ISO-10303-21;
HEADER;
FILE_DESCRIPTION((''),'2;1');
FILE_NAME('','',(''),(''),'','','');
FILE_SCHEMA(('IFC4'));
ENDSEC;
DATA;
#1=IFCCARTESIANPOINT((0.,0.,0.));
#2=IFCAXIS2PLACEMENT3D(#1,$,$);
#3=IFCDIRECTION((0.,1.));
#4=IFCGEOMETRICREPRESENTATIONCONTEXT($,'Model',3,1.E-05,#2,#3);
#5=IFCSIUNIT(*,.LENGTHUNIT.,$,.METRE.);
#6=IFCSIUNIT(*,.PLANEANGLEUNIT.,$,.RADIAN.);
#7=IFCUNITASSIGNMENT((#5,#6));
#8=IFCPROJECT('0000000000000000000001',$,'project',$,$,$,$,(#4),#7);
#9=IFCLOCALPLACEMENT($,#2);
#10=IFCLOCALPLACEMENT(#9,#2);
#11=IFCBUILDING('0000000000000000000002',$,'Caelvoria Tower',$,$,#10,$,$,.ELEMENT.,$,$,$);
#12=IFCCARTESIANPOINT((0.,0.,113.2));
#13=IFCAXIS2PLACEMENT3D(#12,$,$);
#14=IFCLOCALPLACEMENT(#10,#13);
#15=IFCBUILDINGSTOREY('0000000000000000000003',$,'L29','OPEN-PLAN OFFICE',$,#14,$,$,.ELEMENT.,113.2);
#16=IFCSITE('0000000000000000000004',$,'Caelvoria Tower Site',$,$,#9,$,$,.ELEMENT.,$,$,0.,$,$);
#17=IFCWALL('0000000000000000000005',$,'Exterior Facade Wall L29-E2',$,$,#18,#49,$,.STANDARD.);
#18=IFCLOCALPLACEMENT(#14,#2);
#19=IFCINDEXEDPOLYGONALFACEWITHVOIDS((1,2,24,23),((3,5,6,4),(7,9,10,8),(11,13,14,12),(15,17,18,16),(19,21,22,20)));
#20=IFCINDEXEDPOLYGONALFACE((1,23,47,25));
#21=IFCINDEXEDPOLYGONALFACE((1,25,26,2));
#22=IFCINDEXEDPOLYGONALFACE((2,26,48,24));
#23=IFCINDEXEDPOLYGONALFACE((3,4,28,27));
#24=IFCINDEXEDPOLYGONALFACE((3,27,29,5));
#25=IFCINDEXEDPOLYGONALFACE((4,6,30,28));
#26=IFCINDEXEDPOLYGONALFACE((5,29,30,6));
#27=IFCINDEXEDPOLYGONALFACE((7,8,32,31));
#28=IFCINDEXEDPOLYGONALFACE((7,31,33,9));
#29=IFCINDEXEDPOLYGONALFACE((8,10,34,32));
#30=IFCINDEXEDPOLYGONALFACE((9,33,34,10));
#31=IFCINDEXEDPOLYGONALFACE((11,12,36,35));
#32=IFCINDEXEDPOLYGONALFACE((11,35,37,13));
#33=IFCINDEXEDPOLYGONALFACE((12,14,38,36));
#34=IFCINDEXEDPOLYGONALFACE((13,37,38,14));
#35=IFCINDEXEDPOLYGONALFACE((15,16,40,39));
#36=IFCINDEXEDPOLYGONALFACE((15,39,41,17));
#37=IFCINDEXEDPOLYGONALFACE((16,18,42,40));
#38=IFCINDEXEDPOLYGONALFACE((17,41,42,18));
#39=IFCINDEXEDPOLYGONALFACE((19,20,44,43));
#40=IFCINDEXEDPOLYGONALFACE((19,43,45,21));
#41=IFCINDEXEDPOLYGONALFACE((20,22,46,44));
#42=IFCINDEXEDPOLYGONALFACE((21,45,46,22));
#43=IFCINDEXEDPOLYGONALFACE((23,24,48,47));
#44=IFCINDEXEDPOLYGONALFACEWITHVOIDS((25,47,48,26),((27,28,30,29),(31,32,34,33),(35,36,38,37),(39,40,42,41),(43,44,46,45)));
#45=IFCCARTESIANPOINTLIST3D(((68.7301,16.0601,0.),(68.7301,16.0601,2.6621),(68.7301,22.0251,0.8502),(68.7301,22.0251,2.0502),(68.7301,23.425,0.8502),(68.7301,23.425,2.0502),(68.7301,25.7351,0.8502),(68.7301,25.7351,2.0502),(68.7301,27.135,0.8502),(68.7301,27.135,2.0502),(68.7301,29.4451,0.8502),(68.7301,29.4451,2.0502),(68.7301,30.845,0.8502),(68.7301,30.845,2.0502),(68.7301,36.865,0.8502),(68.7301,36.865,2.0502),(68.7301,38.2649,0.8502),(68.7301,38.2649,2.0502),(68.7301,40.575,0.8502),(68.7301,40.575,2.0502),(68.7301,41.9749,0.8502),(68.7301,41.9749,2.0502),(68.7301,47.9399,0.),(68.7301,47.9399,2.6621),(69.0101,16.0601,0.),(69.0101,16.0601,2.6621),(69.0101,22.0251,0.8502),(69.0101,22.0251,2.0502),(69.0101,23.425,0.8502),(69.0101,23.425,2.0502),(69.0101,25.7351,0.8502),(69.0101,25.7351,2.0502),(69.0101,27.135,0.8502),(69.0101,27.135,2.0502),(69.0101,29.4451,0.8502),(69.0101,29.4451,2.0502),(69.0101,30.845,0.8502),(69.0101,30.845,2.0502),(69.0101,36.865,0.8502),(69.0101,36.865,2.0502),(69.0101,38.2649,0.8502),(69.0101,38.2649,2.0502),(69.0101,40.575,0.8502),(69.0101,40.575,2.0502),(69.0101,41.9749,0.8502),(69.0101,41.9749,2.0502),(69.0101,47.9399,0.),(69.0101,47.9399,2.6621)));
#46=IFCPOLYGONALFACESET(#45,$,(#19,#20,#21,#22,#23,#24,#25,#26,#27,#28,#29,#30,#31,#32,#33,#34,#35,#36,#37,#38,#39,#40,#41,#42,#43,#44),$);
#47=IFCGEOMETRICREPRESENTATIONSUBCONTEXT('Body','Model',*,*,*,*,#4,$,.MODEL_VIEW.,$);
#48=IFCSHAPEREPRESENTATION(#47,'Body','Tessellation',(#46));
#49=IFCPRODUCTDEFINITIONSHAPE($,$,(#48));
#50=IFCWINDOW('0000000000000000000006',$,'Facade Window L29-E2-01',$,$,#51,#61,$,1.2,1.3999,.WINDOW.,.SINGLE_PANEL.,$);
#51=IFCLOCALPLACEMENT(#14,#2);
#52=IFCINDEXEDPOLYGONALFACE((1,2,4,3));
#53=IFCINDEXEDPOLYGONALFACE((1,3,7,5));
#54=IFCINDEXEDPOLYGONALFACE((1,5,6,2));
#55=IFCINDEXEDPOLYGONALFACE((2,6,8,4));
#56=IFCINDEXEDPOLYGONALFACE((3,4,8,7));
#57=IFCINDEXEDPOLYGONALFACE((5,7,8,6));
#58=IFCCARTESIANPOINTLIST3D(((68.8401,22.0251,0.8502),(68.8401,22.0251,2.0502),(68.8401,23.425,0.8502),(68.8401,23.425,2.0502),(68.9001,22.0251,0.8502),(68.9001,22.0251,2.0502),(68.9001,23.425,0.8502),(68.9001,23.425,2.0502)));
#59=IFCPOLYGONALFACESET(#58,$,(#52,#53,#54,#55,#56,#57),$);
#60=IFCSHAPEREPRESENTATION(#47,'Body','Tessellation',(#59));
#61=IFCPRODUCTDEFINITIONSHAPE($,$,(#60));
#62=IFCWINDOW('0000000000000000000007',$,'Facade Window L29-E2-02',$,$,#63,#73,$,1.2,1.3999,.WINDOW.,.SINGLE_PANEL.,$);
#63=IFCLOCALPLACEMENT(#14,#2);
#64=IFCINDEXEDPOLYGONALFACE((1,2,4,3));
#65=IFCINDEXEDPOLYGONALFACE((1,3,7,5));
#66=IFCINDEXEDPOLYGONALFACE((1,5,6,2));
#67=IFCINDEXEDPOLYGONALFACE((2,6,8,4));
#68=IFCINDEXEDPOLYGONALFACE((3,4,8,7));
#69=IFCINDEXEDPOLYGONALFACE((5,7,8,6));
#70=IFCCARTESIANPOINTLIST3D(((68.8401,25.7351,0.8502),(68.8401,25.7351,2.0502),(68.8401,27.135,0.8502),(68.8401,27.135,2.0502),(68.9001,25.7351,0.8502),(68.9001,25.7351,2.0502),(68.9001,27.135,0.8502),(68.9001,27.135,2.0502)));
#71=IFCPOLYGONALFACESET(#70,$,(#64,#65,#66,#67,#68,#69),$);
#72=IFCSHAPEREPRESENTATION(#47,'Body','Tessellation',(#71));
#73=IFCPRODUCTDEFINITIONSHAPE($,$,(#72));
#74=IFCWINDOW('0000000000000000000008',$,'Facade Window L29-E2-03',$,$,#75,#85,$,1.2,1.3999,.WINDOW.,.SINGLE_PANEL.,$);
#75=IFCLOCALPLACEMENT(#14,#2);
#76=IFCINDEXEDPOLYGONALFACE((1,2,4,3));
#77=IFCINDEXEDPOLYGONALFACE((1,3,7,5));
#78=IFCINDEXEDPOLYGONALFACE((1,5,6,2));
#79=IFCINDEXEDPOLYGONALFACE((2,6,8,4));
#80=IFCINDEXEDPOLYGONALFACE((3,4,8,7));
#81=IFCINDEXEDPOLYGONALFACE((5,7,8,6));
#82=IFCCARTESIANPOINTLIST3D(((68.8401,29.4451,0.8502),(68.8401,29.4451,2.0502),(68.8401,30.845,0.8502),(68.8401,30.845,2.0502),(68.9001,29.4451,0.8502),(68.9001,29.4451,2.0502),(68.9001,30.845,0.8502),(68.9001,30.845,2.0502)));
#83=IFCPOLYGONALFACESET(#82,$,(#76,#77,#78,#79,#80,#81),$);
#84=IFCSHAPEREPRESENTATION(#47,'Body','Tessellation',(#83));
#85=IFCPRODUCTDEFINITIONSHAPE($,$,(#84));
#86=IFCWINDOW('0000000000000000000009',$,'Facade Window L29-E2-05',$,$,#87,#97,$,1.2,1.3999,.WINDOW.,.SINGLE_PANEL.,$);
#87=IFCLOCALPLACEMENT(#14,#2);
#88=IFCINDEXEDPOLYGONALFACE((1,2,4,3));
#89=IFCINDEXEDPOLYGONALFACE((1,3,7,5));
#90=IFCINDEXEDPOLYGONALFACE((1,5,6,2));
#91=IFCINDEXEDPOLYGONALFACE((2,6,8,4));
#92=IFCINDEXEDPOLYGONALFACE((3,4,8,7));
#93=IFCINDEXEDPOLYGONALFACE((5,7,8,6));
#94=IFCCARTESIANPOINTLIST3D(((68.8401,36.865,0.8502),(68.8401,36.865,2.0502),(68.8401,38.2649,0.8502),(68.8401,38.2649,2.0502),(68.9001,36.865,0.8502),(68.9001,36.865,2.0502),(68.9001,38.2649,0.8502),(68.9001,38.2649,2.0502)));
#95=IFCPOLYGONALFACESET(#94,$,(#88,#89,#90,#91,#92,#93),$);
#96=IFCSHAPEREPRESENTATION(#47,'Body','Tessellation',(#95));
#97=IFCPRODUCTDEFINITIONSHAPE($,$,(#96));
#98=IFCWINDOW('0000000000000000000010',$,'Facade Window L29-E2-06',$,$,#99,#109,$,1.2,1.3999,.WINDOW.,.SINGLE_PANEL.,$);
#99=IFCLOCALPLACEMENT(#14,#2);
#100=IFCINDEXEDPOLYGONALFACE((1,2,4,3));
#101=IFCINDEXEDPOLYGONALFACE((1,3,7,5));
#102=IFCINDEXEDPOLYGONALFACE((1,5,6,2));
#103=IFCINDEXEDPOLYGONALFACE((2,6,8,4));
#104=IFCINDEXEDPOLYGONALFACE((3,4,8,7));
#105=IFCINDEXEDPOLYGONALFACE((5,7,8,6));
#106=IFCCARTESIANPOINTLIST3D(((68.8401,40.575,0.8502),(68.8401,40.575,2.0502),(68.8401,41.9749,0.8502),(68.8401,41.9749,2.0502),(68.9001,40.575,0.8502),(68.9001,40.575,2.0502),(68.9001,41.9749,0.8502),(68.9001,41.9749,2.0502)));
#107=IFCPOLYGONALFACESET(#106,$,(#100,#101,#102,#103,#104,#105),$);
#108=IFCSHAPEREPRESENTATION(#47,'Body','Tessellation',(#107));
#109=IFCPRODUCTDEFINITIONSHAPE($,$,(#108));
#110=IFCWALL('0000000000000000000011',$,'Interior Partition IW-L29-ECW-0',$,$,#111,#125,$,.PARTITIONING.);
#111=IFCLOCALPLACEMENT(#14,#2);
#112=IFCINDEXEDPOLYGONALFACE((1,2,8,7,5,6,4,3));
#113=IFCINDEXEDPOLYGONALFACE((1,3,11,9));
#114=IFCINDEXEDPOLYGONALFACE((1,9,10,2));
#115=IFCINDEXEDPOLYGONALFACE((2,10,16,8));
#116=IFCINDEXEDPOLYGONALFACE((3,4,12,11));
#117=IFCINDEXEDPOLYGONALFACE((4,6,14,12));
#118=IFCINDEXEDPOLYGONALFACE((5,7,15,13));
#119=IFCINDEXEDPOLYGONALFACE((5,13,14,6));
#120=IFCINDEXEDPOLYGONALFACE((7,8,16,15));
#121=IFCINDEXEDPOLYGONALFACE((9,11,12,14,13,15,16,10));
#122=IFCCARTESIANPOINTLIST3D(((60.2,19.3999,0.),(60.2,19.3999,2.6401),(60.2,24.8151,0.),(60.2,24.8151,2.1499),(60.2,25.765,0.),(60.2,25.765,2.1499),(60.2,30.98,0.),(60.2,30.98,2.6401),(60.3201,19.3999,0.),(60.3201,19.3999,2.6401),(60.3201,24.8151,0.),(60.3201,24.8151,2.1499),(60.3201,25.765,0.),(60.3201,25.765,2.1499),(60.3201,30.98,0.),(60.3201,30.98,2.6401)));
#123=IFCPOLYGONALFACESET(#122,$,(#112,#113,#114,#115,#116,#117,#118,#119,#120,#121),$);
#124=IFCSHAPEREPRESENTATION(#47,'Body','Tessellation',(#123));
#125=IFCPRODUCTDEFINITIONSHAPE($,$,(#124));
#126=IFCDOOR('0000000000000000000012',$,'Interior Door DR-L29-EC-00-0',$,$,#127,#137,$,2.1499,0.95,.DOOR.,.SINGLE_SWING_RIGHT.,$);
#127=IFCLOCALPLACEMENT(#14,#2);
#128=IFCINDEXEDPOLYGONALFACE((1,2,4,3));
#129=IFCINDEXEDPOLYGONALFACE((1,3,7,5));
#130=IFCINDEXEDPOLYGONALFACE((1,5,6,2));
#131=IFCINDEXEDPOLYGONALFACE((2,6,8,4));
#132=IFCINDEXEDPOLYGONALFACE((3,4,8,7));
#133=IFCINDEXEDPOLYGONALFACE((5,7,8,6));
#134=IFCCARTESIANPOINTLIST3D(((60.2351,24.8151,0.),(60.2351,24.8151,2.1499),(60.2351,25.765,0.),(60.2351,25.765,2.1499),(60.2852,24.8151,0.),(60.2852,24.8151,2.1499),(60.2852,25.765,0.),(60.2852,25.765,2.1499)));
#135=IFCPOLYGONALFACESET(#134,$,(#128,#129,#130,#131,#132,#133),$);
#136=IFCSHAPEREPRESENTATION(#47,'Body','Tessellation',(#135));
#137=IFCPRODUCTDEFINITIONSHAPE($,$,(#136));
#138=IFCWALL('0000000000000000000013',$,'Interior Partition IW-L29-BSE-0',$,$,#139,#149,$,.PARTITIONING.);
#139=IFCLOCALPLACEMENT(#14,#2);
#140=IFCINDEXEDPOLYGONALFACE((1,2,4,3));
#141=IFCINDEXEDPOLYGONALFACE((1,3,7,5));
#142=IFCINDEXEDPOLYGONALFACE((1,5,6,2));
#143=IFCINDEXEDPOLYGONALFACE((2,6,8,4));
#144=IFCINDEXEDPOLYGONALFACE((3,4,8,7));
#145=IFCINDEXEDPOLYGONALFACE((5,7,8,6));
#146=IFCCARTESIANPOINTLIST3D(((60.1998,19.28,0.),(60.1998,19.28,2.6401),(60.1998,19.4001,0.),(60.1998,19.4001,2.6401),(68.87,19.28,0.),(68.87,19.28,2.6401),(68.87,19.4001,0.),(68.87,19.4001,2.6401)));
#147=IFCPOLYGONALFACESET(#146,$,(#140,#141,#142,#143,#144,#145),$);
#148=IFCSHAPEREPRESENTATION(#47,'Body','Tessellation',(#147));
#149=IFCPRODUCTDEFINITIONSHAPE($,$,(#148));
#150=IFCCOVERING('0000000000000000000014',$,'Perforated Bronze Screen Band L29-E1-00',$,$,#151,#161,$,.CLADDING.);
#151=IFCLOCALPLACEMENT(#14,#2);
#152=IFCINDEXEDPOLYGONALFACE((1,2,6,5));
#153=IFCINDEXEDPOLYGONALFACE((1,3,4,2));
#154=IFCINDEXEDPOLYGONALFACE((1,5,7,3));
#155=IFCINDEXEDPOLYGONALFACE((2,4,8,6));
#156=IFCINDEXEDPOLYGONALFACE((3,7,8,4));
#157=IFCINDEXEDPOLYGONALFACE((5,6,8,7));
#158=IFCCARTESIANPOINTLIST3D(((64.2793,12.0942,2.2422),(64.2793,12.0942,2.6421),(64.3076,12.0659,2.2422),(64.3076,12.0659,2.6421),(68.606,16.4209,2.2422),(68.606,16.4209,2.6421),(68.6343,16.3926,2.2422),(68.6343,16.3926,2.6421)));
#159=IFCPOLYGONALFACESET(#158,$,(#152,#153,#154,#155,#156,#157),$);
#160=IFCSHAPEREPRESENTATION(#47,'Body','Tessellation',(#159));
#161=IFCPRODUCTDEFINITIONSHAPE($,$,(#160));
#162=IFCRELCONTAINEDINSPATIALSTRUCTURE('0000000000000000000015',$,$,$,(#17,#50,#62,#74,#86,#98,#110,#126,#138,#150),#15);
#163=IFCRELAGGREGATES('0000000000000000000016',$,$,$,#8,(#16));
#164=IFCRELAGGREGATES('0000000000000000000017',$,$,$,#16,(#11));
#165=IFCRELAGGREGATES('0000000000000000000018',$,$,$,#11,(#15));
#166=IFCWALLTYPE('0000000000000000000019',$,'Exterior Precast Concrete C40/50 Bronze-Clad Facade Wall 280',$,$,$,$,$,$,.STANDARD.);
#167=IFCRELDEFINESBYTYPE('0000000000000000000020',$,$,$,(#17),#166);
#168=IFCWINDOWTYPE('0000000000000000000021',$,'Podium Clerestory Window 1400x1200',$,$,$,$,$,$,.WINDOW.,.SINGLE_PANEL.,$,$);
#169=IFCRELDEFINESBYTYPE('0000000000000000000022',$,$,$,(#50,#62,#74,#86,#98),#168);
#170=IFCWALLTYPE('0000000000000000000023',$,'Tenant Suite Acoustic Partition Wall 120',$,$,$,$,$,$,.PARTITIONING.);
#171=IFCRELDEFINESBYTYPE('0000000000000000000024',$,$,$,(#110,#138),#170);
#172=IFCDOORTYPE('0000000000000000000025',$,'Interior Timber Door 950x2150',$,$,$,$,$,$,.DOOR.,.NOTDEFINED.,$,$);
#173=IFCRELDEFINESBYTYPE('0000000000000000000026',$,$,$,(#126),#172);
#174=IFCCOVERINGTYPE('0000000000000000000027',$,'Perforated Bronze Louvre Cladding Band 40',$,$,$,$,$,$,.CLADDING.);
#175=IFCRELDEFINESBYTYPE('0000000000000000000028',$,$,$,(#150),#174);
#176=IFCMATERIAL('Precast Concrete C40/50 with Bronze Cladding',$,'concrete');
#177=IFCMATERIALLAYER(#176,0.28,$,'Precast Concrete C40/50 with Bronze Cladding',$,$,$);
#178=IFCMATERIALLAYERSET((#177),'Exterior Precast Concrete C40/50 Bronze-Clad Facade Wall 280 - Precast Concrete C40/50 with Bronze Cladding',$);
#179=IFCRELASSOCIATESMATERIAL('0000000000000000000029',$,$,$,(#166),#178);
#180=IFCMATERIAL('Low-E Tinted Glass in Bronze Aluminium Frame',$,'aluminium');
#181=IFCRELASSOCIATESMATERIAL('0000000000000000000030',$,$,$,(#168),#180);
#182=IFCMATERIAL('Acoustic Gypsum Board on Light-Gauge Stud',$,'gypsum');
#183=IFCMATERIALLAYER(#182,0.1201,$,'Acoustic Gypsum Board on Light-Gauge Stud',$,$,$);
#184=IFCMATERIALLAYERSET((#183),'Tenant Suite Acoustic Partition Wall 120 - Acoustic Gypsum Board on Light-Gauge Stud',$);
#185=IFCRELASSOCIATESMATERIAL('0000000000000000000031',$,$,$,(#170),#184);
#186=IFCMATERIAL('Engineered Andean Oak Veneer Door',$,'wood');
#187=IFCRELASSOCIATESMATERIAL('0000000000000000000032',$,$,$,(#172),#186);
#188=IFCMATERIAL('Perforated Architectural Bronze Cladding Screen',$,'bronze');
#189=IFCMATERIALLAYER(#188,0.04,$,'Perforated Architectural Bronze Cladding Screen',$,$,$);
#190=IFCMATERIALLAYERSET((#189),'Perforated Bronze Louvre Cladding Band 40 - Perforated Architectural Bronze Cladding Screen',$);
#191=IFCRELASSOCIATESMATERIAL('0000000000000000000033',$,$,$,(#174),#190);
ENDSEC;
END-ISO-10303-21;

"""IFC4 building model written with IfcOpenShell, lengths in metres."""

from ifc_helpers import new_model, si_unit, direction, frame, frame_2d, origin, origin_2d, place, context, subcontext, project, spatial, rectangle, extrude, material, layer, layer_set, type_object, element, fill, save


model = new_model("IFC4")

# Units and contexts
model_context = context("Model", 3, precision=1e-05, world=origin(), true_north=direction((0.0, 1.0)))
body_context = subcontext(model_context, "Body", "Model", "MODEL_VIEW")
ifc_project = project(units=[si_unit("LENGTHUNIT", "METRE"), si_unit("PLANEANGLEUNIT", "RADIAN")], contexts=[model_context])

# Site, building, storey
site_placement = place(None, origin())
site = spatial("IfcSite", under=ifc_project, at=site_placement, Name="Caelvoria Tower Site", CompositionType="ELEMENT", RefElevation=0.0)
building_placement = place(site_placement, origin())
building = spatial("IfcBuilding", under=site, at=building_placement, Name="Caelvoria Tower", CompositionType="ELEMENT")
storey_placement = place(building_placement, frame((0.0, 0.0, 113.2)))
storey = spatial("IfcBuildingStorey", under=building, at=storey_placement, Name="L29", Description="OPEN-PLAN OFFICE", CompositionType="ELEMENT", Elevation=113.2)

# Shared definitions
ifc_material_1 = material(Name="Precast Concrete C40/50 with Bronze Cladding", Category="concrete")
ifc_layer_1 = layer(ifc_material_1, 0.28, Name="Precast Concrete C40/50 with Bronze Cladding")
ifc_layer_set_1 = layer_set([ifc_layer_1], Name="Exterior Precast Concrete C40/50 Bronze-Clad Facade Wall 280 - Precast Concrete C40/50 with Bronze Cladding")
wall_type_1 = type_object("IfcWallType", Name="Exterior Precast Concrete C40/50 Bronze-Clad Facade Wall 280", PredefinedType="STANDARD", material=ifc_layer_set_1)

# Wall, openings, windows
wall_1_placement = place(storey_placement, frame((68.8701, 16.0601, 0.0), z_axis=(0.0, 0.0, 1.0), x_axis=(0.0, 1.0, 0.0)))
wall_1 = element("IfcWall", 1, at=wall_1_placement, inside=storey, type_object=wall_type_1, Name="Exterior Facade Wall L29-E2", PredefinedType="STANDARD", context=body_context, shape_type="SweptSolid", body=[
    extrude(rectangle(XDim=31.8799, YDim=0.28, at=frame_2d((15.9399, 0.0))), origin(), (0.0, 0.0, 1.0), 2.6621),
])
opening_1_placement = place(wall_1_placement, frame((5.9651, 0.0, 0.8501)))
opening_1 = element("IfcOpeningElement", 2, at=opening_1_placement, cuts=wall_1, PredefinedType="OPENING", context=body_context, shape_type="SweptSolid", body=[
    extrude(rectangle(XDim=1.3999, YDim=1.2, at=frame_2d((0.7, 0.6001))), frame((0.0, 0.1499, 0.0), z_axis=(0.0, -1.0, 0.0), x_axis=(1.0, 0.0, 0.0)), (0.0, 0.0, 1.0), 0.3),
])
opening_2_placement = place(wall_1_placement, frame((9.675, 0.0, 0.8501)))
opening_2 = element("IfcOpeningElement", 3, at=opening_2_placement, cuts=wall_1, PredefinedType="OPENING", context=body_context, shape_type="SweptSolid", body=[
    extrude(rectangle(XDim=1.3999, YDim=1.2, at=frame_2d((0.7, 0.6001))), frame((0.0, 0.1499, 0.0), z_axis=(0.0, -1.0, 0.0), x_axis=(1.0, 0.0, 0.0)), (0.0, 0.0, 1.0), 0.3),
])
opening_3_placement = place(wall_1_placement, frame((13.385, 0.0, 0.8501)))
opening_3 = element("IfcOpeningElement", 4, at=opening_3_placement, cuts=wall_1, PredefinedType="OPENING", context=body_context, shape_type="SweptSolid", body=[
    extrude(rectangle(XDim=1.3999, YDim=1.2, at=frame_2d((0.7, 0.6001))), frame((0.0, 0.1499, 0.0), z_axis=(0.0, -1.0, 0.0), x_axis=(1.0, 0.0, 0.0)), (0.0, 0.0, 1.0), 0.3),
])
opening_4_placement = place(wall_1_placement, frame((20.8049, 0.0, 0.8501)))
opening_4 = element("IfcOpeningElement", 5, at=opening_4_placement, cuts=wall_1, PredefinedType="OPENING", context=body_context, shape_type="SweptSolid", body=[
    extrude(rectangle(XDim=1.3999, YDim=1.2, at=frame_2d((0.7, 0.6001))), frame((0.0, 0.1499, 0.0), z_axis=(0.0, -1.0, 0.0), x_axis=(1.0, 0.0, 0.0)), (0.0, 0.0, 1.0), 0.3),
])
opening_5_placement = place(wall_1_placement, frame((24.5149, 0.0, 0.8501)))
opening_5 = element("IfcOpeningElement", 6, at=opening_5_placement, cuts=wall_1, PredefinedType="OPENING", context=body_context, shape_type="SweptSolid", body=[
    extrude(rectangle(XDim=1.3999, YDim=1.2, at=frame_2d((0.7, 0.6001))), frame((0.0, 0.1499, 0.0), z_axis=(0.0, -1.0, 0.0), x_axis=(1.0, 0.0, 0.0)), (0.0, 0.0, 1.0), 0.3),
])
ifc_material_2 = material(Name="Low-E Tinted Glass in Bronze Aluminium Frame", Category="aluminium")
window_type = type_object("IfcWindowType", Name="Podium Clerestory Window 1400x1200", PartitioningType="SINGLE_PANEL", PredefinedType="WINDOW", material=ifc_material_2)
window_1_placement = place(opening_1_placement, origin())
window_1 = element("IfcWindow", 7, at=window_1_placement, inside=storey, type_object=window_type, Name="Facade Window L29-E2-01", OverallHeight=1.2, OverallWidth=1.3999, PartitioningType="SINGLE_PANEL", PredefinedType="WINDOW", context=body_context, shape_type="SweptSolid", body=[
    extrude(rectangle(XDim=1.3999, YDim=1.2, at=frame_2d((0.7, 0.6001))), frame((0.0, 0.03, 0.0), z_axis=(0.0, -1.0, 0.0), x_axis=(1.0, 0.0, 0.0)), (0.0, 0.0, 1.0), 0.0601),
])
fill(opening_1, window_1)
window_2_placement = place(opening_2_placement, origin())
window_2 = element("IfcWindow", 8, at=window_2_placement, inside=storey, type_object=window_type, Name="Facade Window L29-E2-02", OverallHeight=1.2, OverallWidth=1.3999, PartitioningType="SINGLE_PANEL", PredefinedType="WINDOW", context=body_context, shape_type="SweptSolid", body=[
    extrude(rectangle(XDim=1.3999, YDim=1.2, at=frame_2d((0.7, 0.6001))), frame((0.0, 0.03, 0.0), z_axis=(0.0, -1.0, 0.0), x_axis=(1.0, 0.0, 0.0)), (0.0, 0.0, 1.0), 0.0601),
])
fill(opening_2, window_2)
window_3_placement = place(opening_3_placement, origin())
window_3 = element("IfcWindow", 9, at=window_3_placement, inside=storey, type_object=window_type, Name="Facade Window L29-E2-03", OverallHeight=1.2, OverallWidth=1.3999, PartitioningType="SINGLE_PANEL", PredefinedType="WINDOW", context=body_context, shape_type="SweptSolid", body=[
    extrude(rectangle(XDim=1.3999, YDim=1.2, at=frame_2d((0.7, 0.6001))), frame((0.0, 0.03, 0.0), z_axis=(0.0, -1.0, 0.0), x_axis=(1.0, 0.0, 0.0)), (0.0, 0.0, 1.0), 0.0601),
])
fill(opening_3, window_3)
window_4_placement = place(opening_4_placement, origin())
window_4 = element("IfcWindow", 10, at=window_4_placement, inside=storey, type_object=window_type, Name="Facade Window L29-E2-05", OverallHeight=1.2, OverallWidth=1.3999, PartitioningType="SINGLE_PANEL", PredefinedType="WINDOW", context=body_context, shape_type="SweptSolid", body=[
    extrude(rectangle(XDim=1.3999, YDim=1.2, at=frame_2d((0.7, 0.6001))), frame((0.0, 0.03, 0.0), z_axis=(0.0, -1.0, 0.0), x_axis=(1.0, 0.0, 0.0)), (0.0, 0.0, 1.0), 0.0601),
])
fill(opening_4, window_4)
window_5_placement = place(opening_5_placement, origin())
window_5 = element("IfcWindow", 11, at=window_5_placement, inside=storey, type_object=window_type, Name="Facade Window L29-E2-06", OverallHeight=1.2, OverallWidth=1.3999, PartitioningType="SINGLE_PANEL", PredefinedType="WINDOW", context=body_context, shape_type="SweptSolid", body=[
    extrude(rectangle(XDim=1.3999, YDim=1.2, at=frame_2d((0.7, 0.6001))), frame((0.0, 0.03, 0.0), z_axis=(0.0, -1.0, 0.0), x_axis=(1.0, 0.0, 0.0)), (0.0, 0.0, 1.0), 0.0601),
])
fill(opening_5, window_5)

# Wall, opening, door
ifc_material_3 = material(Name="Acoustic Gypsum Board on Light-Gauge Stud", Category="gypsum")
ifc_layer_2 = layer(ifc_material_3, 0.1201, Name="Acoustic Gypsum Board on Light-Gauge Stud")
ifc_layer_set_2 = layer_set([ifc_layer_2], Name="Tenant Suite Acoustic Partition Wall 120 - Acoustic Gypsum Board on Light-Gauge Stud")
wall_type_2 = type_object("IfcWallType", Name="Tenant Suite Acoustic Partition Wall 120", PredefinedType="PARTITIONING", material=ifc_layer_set_2)
wall_2_placement = place(storey_placement, frame((60.26, 19.3999, 0.0), z_axis=(0.0, 0.0, 1.0), x_axis=(0.0, 1.0, 0.0)))
wall_2 = element("IfcWall", 12, at=wall_2_placement, inside=storey, type_object=wall_type_2, Name="Interior Partition IW-L29-ECW-0", PredefinedType="PARTITIONING", context=body_context, shape_type="SweptSolid", body=[
    extrude(rectangle(XDim=11.5801, YDim=0.1201, at=frame_2d((5.79, 0.0))), origin(), (0.0, 0.0, 1.0), 2.6401),
])
opening_6_placement = place(wall_2_placement, frame((5.415, 0.0, 0.0)))
opening_6 = element("IfcOpeningElement", 13, at=opening_6_placement, cuts=wall_2, PredefinedType="OPENING", context=body_context, shape_type="SweptSolid", body=[
    extrude(rectangle(XDim=0.95, YDim=2.1499, at=frame_2d((0.4751, 1.075))), frame((0.0, 0.0701, 0.0), z_axis=(0.0, -1.0, 0.0), x_axis=(1.0, 0.0, 0.0)), (0.0, 0.0, 1.0), 0.1401),
])
ifc_material_4 = material(Name="Engineered Andean Oak Veneer Door", Category="wood")
door_type = type_object("IfcDoorType", Name="Interior Timber Door 950x2150", OperationType="NOTDEFINED", PredefinedType="DOOR", material=ifc_material_4)
door_placement = place(opening_6_placement, origin())
door = element("IfcDoor", 14, at=door_placement, inside=storey, type_object=door_type, Name="Interior Door DR-L29-EC-00-0", OperationType="SINGLE_SWING_RIGHT", OverallHeight=2.1499, OverallWidth=0.95, PredefinedType="DOOR", context=body_context, shape_type="SweptSolid", body=[
    extrude(rectangle(XDim=0.95, YDim=2.1499, at=frame_2d((0.4751, 1.075))), frame((0.0, 0.0249, 0.0), z_axis=(0.0, -1.0, 0.0), x_axis=(1.0, 0.0, 0.0)), (0.0, 0.0, 1.0), 0.05),
])
fill(opening_6, door)

# Wall
wall_3_placement = place(storey_placement, frame((60.2, 19.3401, 0.0), z_axis=(0.0, 0.0, 1.0), x_axis=(1.0, 0.0, 0.0)))
element("IfcWall", 15, at=wall_3_placement, inside=storey, type_object=wall_type_2, Name="Interior Partition IW-L29-BSE-0", PredefinedType="PARTITIONING", context=body_context, shape_type="SweptSolid", body=[
    extrude(rectangle(XDim=8.6702, YDim=0.1201, at=frame_2d((4.335, 0.0))), origin(), (0.0, 0.0, 1.0), 2.6401),
])

# Covering
ifc_material_5 = material(Name="Perforated Architectural Bronze Cladding Screen", Category="bronze")
ifc_layer_3 = layer(ifc_material_5, 0.04, Name="Perforated Architectural Bronze Cladding Screen")
ifc_layer_set_3 = layer_set([ifc_layer_3], Name="Perforated Bronze Louvre Cladding Band 40 - Perforated Architectural Bronze Cladding Screen")
covering_type = type_object("IfcCoveringType", Name="Perforated Bronze Louvre Cladding Band 40", PredefinedType="CLADDING", material=ifc_layer_set_3)
covering_placement = place(storey_placement, frame((66.4568, 14.2434, 2.2422), z_axis=(0.0, 0.0, 1.0), x_axis=(0.707107, 0.707107, 0.0)))
element("IfcCovering", 16, at=covering_placement, inside=storey, type_object=covering_type, Name="Perforated Bronze Screen Band L29-E1-00", PredefinedType="CLADDING", context=body_context, shape_type="SweptSolid", body=[
    extrude(rectangle(XDim=6.1189, YDim=0.04, at=origin_2d()), origin(), (0.0, 0.0, 1.0), 0.3999),
])

save(model, "model.ifc")
